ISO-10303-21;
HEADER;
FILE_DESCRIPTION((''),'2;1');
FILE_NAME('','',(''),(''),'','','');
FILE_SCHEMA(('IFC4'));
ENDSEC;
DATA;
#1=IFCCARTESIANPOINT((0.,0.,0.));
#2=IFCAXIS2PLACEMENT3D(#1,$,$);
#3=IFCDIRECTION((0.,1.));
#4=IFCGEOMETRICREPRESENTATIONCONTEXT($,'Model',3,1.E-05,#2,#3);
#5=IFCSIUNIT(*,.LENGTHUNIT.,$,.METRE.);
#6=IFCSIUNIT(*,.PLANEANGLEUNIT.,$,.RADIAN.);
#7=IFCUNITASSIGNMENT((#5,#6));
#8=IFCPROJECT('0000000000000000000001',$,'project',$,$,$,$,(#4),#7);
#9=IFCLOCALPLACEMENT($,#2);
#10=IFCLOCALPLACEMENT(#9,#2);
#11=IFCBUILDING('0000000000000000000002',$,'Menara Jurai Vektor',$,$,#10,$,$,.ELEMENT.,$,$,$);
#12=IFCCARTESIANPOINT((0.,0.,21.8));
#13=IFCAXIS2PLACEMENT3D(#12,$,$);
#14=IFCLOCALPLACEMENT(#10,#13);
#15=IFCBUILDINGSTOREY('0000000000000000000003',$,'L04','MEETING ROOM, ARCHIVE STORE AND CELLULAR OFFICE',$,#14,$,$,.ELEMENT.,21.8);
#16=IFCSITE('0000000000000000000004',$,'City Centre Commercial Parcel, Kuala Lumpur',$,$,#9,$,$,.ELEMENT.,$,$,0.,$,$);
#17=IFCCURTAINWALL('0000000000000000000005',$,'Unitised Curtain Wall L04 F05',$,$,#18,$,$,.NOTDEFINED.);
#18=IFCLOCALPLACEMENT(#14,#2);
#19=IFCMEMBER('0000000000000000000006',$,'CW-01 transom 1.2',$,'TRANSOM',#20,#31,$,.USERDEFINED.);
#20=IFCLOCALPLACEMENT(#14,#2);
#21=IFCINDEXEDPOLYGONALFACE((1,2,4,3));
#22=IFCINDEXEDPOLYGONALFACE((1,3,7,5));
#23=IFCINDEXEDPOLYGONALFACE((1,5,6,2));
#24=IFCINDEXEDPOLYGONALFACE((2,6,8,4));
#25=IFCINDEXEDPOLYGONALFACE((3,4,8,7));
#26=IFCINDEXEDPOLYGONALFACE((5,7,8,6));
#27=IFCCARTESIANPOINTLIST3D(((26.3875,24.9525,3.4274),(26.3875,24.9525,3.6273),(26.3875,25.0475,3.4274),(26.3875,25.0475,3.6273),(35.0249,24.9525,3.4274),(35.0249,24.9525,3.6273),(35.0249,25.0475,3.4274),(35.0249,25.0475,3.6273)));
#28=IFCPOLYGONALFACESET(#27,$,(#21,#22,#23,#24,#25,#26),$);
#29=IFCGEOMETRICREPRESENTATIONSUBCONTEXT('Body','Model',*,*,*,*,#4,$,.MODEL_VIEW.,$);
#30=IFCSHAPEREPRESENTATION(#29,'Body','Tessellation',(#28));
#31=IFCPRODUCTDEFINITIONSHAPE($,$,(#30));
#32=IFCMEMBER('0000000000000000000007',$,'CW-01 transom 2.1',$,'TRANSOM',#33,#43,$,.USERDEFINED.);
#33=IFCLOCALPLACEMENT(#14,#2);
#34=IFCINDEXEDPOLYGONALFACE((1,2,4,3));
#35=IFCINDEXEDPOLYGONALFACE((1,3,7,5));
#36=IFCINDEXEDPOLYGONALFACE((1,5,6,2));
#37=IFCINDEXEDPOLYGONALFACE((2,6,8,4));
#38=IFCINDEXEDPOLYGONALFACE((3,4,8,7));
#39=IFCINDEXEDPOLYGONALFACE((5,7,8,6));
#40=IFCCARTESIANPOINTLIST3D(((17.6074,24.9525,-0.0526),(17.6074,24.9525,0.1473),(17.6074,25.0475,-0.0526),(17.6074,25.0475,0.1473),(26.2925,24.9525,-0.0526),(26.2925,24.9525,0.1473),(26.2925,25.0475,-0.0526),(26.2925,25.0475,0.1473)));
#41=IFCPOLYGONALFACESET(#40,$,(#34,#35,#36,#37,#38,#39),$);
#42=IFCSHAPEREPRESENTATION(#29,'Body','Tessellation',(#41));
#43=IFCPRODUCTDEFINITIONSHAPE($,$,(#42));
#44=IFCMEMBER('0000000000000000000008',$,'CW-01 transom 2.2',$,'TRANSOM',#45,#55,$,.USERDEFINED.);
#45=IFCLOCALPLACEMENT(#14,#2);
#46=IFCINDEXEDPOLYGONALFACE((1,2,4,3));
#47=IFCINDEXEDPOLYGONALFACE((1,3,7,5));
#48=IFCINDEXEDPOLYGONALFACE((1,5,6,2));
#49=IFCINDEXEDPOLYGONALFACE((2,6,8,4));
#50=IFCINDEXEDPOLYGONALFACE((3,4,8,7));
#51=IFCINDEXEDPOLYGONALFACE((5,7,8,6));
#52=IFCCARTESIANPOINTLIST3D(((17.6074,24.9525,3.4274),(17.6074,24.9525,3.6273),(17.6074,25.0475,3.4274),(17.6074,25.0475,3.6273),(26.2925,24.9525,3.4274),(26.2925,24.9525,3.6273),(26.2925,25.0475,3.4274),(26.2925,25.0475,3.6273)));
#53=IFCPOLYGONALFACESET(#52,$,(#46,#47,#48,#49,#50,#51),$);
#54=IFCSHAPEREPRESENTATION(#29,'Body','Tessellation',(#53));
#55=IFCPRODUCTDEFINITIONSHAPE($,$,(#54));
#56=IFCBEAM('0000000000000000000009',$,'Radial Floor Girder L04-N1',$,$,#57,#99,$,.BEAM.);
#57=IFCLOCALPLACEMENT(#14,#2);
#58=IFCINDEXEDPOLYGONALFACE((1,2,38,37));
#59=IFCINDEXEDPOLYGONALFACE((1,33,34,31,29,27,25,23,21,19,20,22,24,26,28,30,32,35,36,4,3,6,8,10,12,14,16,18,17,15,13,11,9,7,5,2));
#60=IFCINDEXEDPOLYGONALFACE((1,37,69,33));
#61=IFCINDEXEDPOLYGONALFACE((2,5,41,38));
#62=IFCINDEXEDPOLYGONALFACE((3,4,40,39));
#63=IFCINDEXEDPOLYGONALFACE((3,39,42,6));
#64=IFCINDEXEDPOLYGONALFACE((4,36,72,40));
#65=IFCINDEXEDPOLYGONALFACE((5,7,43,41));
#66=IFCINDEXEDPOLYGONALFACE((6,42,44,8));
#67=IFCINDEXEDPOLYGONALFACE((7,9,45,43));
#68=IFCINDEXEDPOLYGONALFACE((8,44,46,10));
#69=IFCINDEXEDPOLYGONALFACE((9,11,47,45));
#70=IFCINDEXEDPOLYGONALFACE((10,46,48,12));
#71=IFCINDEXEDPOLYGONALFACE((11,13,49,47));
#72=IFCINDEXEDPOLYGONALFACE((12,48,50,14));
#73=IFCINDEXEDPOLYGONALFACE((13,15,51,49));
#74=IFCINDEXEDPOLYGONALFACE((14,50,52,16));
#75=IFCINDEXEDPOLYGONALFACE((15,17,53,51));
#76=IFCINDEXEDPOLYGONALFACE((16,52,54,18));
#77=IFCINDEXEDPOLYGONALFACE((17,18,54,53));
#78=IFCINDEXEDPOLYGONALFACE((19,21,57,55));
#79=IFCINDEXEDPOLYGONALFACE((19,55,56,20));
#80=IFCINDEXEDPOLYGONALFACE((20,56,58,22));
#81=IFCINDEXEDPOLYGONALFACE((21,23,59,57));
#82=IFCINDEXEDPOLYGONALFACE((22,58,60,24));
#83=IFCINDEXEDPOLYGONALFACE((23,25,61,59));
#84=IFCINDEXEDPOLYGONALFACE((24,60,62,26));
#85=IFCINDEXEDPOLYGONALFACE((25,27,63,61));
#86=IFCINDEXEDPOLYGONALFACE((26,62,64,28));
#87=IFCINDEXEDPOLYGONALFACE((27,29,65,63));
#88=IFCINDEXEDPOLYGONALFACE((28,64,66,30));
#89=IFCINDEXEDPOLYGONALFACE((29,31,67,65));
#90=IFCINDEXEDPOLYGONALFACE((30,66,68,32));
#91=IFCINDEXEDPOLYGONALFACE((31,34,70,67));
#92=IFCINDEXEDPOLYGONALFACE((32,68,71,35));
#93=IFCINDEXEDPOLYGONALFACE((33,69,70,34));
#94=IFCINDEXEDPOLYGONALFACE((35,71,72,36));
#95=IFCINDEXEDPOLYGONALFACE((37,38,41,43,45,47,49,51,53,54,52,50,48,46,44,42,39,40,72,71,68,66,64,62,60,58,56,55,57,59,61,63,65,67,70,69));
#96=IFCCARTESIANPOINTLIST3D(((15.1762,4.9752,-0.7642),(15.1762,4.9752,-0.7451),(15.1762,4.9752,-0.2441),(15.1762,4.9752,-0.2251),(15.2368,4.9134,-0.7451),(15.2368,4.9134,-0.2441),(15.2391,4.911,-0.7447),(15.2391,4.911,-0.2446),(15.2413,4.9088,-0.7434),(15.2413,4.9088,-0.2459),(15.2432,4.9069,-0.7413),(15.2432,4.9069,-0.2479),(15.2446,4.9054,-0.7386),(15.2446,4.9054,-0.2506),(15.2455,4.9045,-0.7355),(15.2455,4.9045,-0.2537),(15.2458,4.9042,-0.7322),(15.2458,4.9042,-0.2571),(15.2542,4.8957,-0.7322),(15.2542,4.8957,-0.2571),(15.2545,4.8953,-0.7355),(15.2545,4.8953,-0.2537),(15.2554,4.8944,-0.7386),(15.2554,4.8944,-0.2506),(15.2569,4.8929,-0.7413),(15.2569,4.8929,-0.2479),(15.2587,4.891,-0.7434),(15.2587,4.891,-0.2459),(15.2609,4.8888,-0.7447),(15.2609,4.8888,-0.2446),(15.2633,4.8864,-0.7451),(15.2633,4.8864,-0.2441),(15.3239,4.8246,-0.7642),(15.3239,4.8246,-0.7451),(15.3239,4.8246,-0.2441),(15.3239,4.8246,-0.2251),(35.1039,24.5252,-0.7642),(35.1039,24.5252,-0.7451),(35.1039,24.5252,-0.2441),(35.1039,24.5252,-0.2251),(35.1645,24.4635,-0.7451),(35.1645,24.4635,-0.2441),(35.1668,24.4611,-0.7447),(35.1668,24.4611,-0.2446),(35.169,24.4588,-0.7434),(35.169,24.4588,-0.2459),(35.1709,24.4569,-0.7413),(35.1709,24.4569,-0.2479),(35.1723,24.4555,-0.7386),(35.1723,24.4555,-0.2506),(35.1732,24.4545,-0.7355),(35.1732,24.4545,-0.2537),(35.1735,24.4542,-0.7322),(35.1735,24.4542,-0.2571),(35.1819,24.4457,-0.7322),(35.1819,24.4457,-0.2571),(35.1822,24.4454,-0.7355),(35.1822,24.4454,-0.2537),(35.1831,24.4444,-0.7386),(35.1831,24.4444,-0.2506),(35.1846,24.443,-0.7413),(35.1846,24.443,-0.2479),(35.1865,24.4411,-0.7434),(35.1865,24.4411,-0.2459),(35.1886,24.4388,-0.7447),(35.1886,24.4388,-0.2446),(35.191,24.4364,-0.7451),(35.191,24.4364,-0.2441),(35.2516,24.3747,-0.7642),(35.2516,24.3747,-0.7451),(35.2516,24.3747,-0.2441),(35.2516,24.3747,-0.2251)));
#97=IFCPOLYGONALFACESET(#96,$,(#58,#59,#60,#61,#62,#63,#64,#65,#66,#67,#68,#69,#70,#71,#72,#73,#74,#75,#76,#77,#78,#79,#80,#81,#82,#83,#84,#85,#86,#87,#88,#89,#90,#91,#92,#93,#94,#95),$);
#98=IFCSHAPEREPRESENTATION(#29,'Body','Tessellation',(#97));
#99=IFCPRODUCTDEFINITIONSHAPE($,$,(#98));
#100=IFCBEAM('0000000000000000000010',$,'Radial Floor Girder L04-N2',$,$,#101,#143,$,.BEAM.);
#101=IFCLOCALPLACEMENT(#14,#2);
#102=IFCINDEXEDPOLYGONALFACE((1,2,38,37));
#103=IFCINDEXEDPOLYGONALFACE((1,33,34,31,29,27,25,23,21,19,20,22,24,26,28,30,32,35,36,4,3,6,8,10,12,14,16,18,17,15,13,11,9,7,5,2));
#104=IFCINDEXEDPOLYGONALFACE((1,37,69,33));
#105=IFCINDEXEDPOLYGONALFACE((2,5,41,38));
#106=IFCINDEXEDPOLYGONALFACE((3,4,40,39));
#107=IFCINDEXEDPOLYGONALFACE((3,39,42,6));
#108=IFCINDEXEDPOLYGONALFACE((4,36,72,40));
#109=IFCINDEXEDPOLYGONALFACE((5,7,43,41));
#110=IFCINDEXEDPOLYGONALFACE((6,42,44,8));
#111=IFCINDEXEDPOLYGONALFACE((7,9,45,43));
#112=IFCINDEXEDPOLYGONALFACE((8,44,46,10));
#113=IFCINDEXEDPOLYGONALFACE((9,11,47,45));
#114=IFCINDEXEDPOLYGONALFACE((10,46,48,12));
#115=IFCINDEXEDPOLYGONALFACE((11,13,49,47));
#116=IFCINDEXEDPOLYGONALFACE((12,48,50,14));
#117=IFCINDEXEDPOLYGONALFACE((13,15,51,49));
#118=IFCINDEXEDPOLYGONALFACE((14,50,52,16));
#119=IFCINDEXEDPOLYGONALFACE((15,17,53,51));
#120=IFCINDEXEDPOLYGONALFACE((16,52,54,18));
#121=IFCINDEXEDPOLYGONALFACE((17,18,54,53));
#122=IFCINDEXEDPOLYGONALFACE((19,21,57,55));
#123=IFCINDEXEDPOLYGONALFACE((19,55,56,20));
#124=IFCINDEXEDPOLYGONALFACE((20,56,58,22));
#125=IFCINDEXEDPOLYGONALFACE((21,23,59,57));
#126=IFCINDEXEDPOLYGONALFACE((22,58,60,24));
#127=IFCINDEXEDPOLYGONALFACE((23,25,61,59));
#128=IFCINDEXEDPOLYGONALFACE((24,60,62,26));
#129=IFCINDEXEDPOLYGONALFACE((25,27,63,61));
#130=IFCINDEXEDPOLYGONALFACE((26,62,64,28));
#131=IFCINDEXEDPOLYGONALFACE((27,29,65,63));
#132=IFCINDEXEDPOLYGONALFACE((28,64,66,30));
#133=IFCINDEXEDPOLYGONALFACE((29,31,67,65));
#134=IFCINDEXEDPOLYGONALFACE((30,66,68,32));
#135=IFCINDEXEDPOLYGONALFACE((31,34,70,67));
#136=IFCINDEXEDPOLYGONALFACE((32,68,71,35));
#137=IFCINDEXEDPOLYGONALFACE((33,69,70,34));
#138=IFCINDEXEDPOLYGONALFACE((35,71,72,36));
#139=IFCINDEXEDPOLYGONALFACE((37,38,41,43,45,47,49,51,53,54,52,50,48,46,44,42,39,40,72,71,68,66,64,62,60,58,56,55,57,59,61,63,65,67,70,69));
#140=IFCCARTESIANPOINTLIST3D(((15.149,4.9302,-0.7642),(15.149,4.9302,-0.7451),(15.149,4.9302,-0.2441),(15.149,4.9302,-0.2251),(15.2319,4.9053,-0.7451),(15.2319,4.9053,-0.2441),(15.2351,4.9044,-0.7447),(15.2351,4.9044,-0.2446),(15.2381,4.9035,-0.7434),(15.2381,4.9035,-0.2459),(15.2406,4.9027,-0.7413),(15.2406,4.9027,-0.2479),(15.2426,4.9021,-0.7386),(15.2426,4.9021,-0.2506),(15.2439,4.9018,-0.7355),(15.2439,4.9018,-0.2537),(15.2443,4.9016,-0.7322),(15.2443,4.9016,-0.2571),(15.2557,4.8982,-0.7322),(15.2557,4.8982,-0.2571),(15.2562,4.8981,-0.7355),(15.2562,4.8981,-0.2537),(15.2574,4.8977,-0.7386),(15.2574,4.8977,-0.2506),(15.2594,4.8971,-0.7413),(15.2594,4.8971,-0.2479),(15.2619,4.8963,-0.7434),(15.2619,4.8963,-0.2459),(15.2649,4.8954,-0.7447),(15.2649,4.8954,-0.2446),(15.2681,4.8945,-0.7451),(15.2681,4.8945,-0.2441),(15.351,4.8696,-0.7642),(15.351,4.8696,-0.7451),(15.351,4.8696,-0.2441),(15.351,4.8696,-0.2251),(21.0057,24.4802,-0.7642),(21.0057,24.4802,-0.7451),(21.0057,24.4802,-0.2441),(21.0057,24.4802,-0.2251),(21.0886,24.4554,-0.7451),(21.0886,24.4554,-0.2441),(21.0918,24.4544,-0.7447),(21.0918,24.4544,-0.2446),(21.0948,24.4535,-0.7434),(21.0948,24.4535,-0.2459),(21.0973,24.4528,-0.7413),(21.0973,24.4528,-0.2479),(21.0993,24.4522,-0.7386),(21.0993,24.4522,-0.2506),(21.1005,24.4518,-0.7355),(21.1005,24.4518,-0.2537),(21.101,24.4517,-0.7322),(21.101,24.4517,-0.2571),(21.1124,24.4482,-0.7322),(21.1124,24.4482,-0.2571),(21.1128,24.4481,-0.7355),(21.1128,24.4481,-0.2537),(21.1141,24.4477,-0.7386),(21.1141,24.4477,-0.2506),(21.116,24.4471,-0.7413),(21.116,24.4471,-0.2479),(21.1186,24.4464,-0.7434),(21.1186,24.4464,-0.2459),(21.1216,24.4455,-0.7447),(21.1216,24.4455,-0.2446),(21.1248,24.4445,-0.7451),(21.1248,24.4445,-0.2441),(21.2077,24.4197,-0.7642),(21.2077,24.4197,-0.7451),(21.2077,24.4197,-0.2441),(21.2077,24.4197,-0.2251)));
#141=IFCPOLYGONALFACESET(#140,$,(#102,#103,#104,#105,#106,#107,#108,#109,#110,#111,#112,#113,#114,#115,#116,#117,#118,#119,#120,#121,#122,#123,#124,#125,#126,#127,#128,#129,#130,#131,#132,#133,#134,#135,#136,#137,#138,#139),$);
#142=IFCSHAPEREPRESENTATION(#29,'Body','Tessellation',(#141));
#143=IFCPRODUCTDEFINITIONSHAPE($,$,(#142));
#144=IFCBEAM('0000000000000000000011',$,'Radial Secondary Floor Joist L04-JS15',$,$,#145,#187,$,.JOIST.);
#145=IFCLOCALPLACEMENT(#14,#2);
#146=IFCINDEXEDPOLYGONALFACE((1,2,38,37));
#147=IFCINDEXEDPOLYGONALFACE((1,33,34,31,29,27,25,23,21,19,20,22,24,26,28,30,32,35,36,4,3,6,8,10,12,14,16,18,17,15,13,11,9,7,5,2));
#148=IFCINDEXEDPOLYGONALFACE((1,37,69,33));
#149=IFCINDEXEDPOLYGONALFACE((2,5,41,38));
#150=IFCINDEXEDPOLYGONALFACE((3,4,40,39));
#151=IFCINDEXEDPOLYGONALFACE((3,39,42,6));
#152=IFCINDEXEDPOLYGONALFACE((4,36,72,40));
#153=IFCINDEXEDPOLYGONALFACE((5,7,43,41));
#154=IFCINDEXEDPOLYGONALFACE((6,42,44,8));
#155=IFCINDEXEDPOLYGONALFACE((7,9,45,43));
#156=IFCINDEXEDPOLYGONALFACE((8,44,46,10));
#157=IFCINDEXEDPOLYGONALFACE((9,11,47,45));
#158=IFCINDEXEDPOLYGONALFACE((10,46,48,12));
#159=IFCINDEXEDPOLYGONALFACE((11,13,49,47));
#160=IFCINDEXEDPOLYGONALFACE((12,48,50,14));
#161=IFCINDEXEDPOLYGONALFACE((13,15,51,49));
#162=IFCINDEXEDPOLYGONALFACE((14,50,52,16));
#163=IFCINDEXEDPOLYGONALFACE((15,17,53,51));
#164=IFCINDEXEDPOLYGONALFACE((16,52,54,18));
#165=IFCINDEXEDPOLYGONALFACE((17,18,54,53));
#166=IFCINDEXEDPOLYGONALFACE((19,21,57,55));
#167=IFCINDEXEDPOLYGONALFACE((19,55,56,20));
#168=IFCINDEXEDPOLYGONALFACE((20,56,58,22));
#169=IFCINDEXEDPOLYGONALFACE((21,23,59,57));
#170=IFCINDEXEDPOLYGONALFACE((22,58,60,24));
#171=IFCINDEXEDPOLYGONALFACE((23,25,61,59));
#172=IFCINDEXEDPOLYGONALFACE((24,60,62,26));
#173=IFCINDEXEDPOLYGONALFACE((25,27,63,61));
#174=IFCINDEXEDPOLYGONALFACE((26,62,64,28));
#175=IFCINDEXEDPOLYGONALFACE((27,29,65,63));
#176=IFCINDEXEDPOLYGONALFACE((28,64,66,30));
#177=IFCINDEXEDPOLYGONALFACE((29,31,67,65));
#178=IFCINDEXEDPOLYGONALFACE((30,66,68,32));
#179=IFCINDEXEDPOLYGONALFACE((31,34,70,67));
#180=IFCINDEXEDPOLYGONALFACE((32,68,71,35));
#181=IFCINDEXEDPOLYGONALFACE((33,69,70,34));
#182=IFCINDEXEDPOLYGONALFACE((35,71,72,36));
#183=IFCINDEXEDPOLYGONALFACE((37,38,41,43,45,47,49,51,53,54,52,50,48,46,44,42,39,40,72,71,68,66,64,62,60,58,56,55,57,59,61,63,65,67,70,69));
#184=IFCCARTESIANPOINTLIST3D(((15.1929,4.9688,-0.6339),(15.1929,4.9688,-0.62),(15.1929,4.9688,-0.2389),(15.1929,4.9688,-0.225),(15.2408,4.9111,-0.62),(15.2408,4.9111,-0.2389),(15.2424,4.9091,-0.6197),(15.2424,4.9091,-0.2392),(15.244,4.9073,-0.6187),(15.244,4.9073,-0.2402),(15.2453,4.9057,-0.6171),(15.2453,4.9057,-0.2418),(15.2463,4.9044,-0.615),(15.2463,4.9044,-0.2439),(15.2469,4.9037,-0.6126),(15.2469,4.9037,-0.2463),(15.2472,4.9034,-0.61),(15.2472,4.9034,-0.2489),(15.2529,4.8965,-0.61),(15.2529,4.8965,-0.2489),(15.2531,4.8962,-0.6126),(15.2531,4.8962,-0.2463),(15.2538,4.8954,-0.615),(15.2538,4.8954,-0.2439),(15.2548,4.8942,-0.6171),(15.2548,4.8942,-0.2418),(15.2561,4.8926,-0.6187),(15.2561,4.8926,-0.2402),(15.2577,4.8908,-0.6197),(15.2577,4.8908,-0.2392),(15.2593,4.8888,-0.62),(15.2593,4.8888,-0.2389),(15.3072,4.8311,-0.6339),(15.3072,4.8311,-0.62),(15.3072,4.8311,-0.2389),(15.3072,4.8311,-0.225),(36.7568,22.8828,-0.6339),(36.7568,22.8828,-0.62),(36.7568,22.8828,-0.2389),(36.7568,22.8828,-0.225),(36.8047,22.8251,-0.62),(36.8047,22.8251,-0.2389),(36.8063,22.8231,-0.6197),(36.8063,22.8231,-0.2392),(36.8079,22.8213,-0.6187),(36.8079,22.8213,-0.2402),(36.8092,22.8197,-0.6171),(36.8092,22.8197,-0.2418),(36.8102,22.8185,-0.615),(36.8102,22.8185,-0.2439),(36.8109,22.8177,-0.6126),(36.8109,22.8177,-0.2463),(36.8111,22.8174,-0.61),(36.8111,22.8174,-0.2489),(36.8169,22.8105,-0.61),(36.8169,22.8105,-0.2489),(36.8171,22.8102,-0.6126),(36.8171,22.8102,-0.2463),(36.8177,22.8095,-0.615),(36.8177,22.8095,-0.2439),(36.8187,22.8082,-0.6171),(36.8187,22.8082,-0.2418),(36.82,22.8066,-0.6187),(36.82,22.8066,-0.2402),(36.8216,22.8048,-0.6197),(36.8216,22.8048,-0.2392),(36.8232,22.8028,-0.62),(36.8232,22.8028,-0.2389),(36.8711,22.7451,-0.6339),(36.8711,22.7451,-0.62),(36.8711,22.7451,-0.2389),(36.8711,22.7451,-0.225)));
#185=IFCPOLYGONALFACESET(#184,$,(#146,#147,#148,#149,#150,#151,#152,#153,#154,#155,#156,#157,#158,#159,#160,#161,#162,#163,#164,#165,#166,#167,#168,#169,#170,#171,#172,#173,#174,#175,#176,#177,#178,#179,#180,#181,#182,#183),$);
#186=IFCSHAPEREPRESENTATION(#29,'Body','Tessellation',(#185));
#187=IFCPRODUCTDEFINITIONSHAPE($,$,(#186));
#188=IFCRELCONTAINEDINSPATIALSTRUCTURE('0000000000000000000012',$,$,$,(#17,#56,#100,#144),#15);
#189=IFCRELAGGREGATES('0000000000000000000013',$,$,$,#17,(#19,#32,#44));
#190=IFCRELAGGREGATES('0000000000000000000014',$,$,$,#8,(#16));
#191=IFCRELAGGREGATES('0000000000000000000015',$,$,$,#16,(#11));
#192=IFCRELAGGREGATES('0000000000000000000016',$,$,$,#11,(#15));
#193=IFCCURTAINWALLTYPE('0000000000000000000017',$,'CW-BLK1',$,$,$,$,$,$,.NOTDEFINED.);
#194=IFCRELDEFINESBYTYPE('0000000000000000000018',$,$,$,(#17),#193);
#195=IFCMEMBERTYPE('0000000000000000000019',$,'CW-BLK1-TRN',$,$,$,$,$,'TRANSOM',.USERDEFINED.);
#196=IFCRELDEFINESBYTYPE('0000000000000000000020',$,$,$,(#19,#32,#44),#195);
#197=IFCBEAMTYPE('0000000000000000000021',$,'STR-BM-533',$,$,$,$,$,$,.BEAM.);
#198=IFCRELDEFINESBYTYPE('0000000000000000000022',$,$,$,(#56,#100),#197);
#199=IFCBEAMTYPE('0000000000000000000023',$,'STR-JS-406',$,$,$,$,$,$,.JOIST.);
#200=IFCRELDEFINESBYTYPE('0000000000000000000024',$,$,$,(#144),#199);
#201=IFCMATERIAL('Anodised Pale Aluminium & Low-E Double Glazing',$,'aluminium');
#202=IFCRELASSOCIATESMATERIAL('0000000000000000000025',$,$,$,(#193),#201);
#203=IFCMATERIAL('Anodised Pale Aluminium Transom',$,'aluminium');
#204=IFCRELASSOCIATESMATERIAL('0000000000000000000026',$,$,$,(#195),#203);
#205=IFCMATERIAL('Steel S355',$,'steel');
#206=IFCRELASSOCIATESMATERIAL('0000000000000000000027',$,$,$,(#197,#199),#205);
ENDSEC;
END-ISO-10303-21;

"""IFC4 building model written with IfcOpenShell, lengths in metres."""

from ifc_helpers import new_model, si_unit, direction, frame, origin, origin_2d, place, context, subcontext, project, spatial, rectangle, i_section, extrude, material, material_profile, profile_set, type_object, element, aggregate, save


model = new_model("IFC4")

# Units and contexts
model_context = context("Model", 3, precision=1e-05, world=origin(), true_north=direction((0.0, 1.0)))
body_context = subcontext(model_context, "Body", "Model", "MODEL_VIEW")
ifc_project = project(units=[si_unit("LENGTHUNIT", "METRE"), si_unit("PLANEANGLEUNIT", "RADIAN")], contexts=[model_context])

# Site, building, storey
site_placement = place(None, origin())
site = spatial("IfcSite", under=ifc_project, at=site_placement, Name="City Centre Commercial Parcel, Kuala Lumpur", CompositionType="ELEMENT", RefElevation=0.0)
building_placement = place(site_placement, origin())
building = spatial("IfcBuilding", under=site, at=building_placement, Name="Menara Jurai Vektor", CompositionType="ELEMENT")
storey_placement = place(building_placement, frame((0.0, 0.0, 21.8)))
storey = spatial("IfcBuildingStorey", under=building, at=storey_placement, Name="L04", Description="MEETING ROOM, ARCHIVE STORE AND CELLULAR OFFICE", CompositionType="ELEMENT", Elevation=21.8)

# Curtain wall
ifc_material_1 = material(Name="Anodised Pale Aluminium & Low-E Double Glazing", Category="aluminium")
curtain_wall_type = type_object("IfcCurtainWallType", Name="CW-BLK1", PredefinedType="NOTDEFINED", material=ifc_material_1)
curtain_wall_1_placement = place(storey_placement, origin())
curtain_wall_1 = element("IfcCurtainWall", 1, at=curtain_wall_1_placement, inside=storey, type_object=curtain_wall_type, Name="Unitised Curtain Wall L04 F05", PredefinedType="NOTDEFINED")

# Members
ifc_material_2 = material(Name="Anodised Pale Aluminium Transom", Category="aluminium")
ifc_material_profile_1 = material_profile(ifc_material_2, rectangle(XDim=0.095, YDim=0.2, at=origin_2d()), Name="ALU TRN 95x200")
ifc_profile_set_1 = profile_set([ifc_material_profile_1], Name="Anodised Pale Aluminium Transom")
member_type_1 = type_object("IfcMemberType", Name="CW-BLK1-TRN", ElementType="TRANSOM", PredefinedType="USERDEFINED", material=ifc_profile_set_1)
member_1_placement = place(storey_placement, frame((35.0249, 25.0, 3.5273), z_axis=(-1.0, 0.0, 0.0), x_axis=(0.0, -1.0, 0.0)))
member_1 = element("IfcMember", 2, at=member_1_placement, type_object=member_type_1, Name="CW-01 transom 1.2", ObjectType="TRANSOM", PredefinedType="USERDEFINED", context=body_context, shape_type="SweptSolid", body=[
    extrude(rectangle(XDim=0.095, YDim=0.2, at=origin_2d()), origin(), (0.0, 0.0, 1.0), 8.6375),
])
member_2_placement = place(storey_placement, frame((26.2925, 25.0, 0.0474), z_axis=(-1.0, 0.0, 0.0), x_axis=(0.0, -1.0, 0.0)))
member_2 = element("IfcMember", 3, at=member_2_placement, type_object=member_type_1, Name="CW-01 transom 2.1", ObjectType="TRANSOM", PredefinedType="USERDEFINED", context=body_context, shape_type="SweptSolid", body=[
    extrude(rectangle(XDim=0.095, YDim=0.2, at=origin_2d()), origin(), (0.0, 0.0, 1.0), 8.6851),
])
member_3_placement = place(storey_placement, frame((26.2925, 25.0, 3.5273), z_axis=(-1.0, 0.0, 0.0), x_axis=(0.0, -1.0, 0.0)))
member_3 = element("IfcMember", 4, at=member_3_placement, type_object=member_type_1, Name="CW-01 transom 2.2", ObjectType="TRANSOM", PredefinedType="USERDEFINED", context=body_context, shape_type="SweptSolid", body=[
    extrude(rectangle(XDim=0.095, YDim=0.2, at=origin_2d()), origin(), (0.0, 0.0, 1.0), 8.6851),
])

# Beams
ifc_material_3 = material(Name="Steel S355", Category="steel")
ifc_material_profile_2 = material_profile(ifc_material_3, i_section(OverallWidth=0.2109, OverallDepth=0.5391, WebThickness=0.012, FlangeThickness=0.019, FilletRadius=0.0129, at=origin_2d()), Name="UKB 533x210x109")
ifc_profile_set_2 = profile_set([ifc_material_profile_2], Name="Steel S355")
beam_type_1 = type_object("IfcBeamType", Name="STR-BM-533", PredefinedType="BEAM", material=ifc_profile_set_2)
beam_1_placement = place(storey_placement, frame((35.1777, 24.45, -0.4946), z_axis=(-0.713839, -0.70031, 0.0), x_axis=(0.70031, -0.713839, 0.0)))
element("IfcBeam", 5, at=beam_1_placement, inside=storey, type_object=beam_type_1, Name="Radial Floor Girder L04-N1", PredefinedType="BEAM", context=body_context, shape_type="SweptSolid", body=[
    extrude(i_section(OverallWidth=0.2109, OverallDepth=0.5391, WebThickness=0.012, FlangeThickness=0.019, FilletRadius=0.0129, at=origin_2d()), origin(), (0.0, 0.0, 1.0), 27.9163),
])
beam_2_placement = place(storey_placement, frame((21.1067, 24.45, -0.4946), z_axis=(-0.286974, -0.957938, 0.0), x_axis=(0.957938, -0.286974, 0.0)))
element("IfcBeam", 6, at=beam_2_placement, inside=storey, type_object=beam_type_1, Name="Radial Floor Girder L04-N2", PredefinedType="BEAM", context=body_context, shape_type="SweptSolid", body=[
    extrude(i_section(OverallWidth=0.2109, OverallDepth=0.5391, WebThickness=0.012, FlangeThickness=0.019, FilletRadius=0.0129, at=origin_2d()), origin(), (0.0, 0.0, 1.0), 20.4084),
])
ifc_material_profile_3 = material_profile(ifc_material_3, i_section(OverallWidth=0.179, OverallDepth=0.4089, WebThickness=0.009, FlangeThickness=0.0139, FilletRadius=0.01, at=origin_2d()), Name="UKB 406x178x67")
ifc_profile_set_3 = profile_set([ifc_material_profile_3], Name="Steel S355")
beam_type_2 = type_object("IfcBeamType", Name="STR-JS-406", PredefinedType="JOIST", material=ifc_profile_set_3)
beam_3_placement = place(storey_placement, frame((36.814, 22.814, -0.4294), z_axis=(-0.769201, -0.639007, 0.0), x_axis=(0.639007, -0.769201, 0.0)))
element("IfcBeam", 7, at=beam_3_placement, inside=storey, type_object=beam_type_2, Name="Radial Secondary Floor Joist L04-JS15", PredefinedType="JOIST", context=body_context, shape_type="SweptSolid", body=[
    extrude(i_section(OverallWidth=0.179, OverallDepth=0.4089, WebThickness=0.009, FlangeThickness=0.0139, FilletRadius=0.01, at=origin_2d()), origin(), (0.0, 0.0, 1.0), 28.0342),
])

aggregate(curtain_wall_1, [member_1, member_2, member_3])

save(model, "model.ifc")
